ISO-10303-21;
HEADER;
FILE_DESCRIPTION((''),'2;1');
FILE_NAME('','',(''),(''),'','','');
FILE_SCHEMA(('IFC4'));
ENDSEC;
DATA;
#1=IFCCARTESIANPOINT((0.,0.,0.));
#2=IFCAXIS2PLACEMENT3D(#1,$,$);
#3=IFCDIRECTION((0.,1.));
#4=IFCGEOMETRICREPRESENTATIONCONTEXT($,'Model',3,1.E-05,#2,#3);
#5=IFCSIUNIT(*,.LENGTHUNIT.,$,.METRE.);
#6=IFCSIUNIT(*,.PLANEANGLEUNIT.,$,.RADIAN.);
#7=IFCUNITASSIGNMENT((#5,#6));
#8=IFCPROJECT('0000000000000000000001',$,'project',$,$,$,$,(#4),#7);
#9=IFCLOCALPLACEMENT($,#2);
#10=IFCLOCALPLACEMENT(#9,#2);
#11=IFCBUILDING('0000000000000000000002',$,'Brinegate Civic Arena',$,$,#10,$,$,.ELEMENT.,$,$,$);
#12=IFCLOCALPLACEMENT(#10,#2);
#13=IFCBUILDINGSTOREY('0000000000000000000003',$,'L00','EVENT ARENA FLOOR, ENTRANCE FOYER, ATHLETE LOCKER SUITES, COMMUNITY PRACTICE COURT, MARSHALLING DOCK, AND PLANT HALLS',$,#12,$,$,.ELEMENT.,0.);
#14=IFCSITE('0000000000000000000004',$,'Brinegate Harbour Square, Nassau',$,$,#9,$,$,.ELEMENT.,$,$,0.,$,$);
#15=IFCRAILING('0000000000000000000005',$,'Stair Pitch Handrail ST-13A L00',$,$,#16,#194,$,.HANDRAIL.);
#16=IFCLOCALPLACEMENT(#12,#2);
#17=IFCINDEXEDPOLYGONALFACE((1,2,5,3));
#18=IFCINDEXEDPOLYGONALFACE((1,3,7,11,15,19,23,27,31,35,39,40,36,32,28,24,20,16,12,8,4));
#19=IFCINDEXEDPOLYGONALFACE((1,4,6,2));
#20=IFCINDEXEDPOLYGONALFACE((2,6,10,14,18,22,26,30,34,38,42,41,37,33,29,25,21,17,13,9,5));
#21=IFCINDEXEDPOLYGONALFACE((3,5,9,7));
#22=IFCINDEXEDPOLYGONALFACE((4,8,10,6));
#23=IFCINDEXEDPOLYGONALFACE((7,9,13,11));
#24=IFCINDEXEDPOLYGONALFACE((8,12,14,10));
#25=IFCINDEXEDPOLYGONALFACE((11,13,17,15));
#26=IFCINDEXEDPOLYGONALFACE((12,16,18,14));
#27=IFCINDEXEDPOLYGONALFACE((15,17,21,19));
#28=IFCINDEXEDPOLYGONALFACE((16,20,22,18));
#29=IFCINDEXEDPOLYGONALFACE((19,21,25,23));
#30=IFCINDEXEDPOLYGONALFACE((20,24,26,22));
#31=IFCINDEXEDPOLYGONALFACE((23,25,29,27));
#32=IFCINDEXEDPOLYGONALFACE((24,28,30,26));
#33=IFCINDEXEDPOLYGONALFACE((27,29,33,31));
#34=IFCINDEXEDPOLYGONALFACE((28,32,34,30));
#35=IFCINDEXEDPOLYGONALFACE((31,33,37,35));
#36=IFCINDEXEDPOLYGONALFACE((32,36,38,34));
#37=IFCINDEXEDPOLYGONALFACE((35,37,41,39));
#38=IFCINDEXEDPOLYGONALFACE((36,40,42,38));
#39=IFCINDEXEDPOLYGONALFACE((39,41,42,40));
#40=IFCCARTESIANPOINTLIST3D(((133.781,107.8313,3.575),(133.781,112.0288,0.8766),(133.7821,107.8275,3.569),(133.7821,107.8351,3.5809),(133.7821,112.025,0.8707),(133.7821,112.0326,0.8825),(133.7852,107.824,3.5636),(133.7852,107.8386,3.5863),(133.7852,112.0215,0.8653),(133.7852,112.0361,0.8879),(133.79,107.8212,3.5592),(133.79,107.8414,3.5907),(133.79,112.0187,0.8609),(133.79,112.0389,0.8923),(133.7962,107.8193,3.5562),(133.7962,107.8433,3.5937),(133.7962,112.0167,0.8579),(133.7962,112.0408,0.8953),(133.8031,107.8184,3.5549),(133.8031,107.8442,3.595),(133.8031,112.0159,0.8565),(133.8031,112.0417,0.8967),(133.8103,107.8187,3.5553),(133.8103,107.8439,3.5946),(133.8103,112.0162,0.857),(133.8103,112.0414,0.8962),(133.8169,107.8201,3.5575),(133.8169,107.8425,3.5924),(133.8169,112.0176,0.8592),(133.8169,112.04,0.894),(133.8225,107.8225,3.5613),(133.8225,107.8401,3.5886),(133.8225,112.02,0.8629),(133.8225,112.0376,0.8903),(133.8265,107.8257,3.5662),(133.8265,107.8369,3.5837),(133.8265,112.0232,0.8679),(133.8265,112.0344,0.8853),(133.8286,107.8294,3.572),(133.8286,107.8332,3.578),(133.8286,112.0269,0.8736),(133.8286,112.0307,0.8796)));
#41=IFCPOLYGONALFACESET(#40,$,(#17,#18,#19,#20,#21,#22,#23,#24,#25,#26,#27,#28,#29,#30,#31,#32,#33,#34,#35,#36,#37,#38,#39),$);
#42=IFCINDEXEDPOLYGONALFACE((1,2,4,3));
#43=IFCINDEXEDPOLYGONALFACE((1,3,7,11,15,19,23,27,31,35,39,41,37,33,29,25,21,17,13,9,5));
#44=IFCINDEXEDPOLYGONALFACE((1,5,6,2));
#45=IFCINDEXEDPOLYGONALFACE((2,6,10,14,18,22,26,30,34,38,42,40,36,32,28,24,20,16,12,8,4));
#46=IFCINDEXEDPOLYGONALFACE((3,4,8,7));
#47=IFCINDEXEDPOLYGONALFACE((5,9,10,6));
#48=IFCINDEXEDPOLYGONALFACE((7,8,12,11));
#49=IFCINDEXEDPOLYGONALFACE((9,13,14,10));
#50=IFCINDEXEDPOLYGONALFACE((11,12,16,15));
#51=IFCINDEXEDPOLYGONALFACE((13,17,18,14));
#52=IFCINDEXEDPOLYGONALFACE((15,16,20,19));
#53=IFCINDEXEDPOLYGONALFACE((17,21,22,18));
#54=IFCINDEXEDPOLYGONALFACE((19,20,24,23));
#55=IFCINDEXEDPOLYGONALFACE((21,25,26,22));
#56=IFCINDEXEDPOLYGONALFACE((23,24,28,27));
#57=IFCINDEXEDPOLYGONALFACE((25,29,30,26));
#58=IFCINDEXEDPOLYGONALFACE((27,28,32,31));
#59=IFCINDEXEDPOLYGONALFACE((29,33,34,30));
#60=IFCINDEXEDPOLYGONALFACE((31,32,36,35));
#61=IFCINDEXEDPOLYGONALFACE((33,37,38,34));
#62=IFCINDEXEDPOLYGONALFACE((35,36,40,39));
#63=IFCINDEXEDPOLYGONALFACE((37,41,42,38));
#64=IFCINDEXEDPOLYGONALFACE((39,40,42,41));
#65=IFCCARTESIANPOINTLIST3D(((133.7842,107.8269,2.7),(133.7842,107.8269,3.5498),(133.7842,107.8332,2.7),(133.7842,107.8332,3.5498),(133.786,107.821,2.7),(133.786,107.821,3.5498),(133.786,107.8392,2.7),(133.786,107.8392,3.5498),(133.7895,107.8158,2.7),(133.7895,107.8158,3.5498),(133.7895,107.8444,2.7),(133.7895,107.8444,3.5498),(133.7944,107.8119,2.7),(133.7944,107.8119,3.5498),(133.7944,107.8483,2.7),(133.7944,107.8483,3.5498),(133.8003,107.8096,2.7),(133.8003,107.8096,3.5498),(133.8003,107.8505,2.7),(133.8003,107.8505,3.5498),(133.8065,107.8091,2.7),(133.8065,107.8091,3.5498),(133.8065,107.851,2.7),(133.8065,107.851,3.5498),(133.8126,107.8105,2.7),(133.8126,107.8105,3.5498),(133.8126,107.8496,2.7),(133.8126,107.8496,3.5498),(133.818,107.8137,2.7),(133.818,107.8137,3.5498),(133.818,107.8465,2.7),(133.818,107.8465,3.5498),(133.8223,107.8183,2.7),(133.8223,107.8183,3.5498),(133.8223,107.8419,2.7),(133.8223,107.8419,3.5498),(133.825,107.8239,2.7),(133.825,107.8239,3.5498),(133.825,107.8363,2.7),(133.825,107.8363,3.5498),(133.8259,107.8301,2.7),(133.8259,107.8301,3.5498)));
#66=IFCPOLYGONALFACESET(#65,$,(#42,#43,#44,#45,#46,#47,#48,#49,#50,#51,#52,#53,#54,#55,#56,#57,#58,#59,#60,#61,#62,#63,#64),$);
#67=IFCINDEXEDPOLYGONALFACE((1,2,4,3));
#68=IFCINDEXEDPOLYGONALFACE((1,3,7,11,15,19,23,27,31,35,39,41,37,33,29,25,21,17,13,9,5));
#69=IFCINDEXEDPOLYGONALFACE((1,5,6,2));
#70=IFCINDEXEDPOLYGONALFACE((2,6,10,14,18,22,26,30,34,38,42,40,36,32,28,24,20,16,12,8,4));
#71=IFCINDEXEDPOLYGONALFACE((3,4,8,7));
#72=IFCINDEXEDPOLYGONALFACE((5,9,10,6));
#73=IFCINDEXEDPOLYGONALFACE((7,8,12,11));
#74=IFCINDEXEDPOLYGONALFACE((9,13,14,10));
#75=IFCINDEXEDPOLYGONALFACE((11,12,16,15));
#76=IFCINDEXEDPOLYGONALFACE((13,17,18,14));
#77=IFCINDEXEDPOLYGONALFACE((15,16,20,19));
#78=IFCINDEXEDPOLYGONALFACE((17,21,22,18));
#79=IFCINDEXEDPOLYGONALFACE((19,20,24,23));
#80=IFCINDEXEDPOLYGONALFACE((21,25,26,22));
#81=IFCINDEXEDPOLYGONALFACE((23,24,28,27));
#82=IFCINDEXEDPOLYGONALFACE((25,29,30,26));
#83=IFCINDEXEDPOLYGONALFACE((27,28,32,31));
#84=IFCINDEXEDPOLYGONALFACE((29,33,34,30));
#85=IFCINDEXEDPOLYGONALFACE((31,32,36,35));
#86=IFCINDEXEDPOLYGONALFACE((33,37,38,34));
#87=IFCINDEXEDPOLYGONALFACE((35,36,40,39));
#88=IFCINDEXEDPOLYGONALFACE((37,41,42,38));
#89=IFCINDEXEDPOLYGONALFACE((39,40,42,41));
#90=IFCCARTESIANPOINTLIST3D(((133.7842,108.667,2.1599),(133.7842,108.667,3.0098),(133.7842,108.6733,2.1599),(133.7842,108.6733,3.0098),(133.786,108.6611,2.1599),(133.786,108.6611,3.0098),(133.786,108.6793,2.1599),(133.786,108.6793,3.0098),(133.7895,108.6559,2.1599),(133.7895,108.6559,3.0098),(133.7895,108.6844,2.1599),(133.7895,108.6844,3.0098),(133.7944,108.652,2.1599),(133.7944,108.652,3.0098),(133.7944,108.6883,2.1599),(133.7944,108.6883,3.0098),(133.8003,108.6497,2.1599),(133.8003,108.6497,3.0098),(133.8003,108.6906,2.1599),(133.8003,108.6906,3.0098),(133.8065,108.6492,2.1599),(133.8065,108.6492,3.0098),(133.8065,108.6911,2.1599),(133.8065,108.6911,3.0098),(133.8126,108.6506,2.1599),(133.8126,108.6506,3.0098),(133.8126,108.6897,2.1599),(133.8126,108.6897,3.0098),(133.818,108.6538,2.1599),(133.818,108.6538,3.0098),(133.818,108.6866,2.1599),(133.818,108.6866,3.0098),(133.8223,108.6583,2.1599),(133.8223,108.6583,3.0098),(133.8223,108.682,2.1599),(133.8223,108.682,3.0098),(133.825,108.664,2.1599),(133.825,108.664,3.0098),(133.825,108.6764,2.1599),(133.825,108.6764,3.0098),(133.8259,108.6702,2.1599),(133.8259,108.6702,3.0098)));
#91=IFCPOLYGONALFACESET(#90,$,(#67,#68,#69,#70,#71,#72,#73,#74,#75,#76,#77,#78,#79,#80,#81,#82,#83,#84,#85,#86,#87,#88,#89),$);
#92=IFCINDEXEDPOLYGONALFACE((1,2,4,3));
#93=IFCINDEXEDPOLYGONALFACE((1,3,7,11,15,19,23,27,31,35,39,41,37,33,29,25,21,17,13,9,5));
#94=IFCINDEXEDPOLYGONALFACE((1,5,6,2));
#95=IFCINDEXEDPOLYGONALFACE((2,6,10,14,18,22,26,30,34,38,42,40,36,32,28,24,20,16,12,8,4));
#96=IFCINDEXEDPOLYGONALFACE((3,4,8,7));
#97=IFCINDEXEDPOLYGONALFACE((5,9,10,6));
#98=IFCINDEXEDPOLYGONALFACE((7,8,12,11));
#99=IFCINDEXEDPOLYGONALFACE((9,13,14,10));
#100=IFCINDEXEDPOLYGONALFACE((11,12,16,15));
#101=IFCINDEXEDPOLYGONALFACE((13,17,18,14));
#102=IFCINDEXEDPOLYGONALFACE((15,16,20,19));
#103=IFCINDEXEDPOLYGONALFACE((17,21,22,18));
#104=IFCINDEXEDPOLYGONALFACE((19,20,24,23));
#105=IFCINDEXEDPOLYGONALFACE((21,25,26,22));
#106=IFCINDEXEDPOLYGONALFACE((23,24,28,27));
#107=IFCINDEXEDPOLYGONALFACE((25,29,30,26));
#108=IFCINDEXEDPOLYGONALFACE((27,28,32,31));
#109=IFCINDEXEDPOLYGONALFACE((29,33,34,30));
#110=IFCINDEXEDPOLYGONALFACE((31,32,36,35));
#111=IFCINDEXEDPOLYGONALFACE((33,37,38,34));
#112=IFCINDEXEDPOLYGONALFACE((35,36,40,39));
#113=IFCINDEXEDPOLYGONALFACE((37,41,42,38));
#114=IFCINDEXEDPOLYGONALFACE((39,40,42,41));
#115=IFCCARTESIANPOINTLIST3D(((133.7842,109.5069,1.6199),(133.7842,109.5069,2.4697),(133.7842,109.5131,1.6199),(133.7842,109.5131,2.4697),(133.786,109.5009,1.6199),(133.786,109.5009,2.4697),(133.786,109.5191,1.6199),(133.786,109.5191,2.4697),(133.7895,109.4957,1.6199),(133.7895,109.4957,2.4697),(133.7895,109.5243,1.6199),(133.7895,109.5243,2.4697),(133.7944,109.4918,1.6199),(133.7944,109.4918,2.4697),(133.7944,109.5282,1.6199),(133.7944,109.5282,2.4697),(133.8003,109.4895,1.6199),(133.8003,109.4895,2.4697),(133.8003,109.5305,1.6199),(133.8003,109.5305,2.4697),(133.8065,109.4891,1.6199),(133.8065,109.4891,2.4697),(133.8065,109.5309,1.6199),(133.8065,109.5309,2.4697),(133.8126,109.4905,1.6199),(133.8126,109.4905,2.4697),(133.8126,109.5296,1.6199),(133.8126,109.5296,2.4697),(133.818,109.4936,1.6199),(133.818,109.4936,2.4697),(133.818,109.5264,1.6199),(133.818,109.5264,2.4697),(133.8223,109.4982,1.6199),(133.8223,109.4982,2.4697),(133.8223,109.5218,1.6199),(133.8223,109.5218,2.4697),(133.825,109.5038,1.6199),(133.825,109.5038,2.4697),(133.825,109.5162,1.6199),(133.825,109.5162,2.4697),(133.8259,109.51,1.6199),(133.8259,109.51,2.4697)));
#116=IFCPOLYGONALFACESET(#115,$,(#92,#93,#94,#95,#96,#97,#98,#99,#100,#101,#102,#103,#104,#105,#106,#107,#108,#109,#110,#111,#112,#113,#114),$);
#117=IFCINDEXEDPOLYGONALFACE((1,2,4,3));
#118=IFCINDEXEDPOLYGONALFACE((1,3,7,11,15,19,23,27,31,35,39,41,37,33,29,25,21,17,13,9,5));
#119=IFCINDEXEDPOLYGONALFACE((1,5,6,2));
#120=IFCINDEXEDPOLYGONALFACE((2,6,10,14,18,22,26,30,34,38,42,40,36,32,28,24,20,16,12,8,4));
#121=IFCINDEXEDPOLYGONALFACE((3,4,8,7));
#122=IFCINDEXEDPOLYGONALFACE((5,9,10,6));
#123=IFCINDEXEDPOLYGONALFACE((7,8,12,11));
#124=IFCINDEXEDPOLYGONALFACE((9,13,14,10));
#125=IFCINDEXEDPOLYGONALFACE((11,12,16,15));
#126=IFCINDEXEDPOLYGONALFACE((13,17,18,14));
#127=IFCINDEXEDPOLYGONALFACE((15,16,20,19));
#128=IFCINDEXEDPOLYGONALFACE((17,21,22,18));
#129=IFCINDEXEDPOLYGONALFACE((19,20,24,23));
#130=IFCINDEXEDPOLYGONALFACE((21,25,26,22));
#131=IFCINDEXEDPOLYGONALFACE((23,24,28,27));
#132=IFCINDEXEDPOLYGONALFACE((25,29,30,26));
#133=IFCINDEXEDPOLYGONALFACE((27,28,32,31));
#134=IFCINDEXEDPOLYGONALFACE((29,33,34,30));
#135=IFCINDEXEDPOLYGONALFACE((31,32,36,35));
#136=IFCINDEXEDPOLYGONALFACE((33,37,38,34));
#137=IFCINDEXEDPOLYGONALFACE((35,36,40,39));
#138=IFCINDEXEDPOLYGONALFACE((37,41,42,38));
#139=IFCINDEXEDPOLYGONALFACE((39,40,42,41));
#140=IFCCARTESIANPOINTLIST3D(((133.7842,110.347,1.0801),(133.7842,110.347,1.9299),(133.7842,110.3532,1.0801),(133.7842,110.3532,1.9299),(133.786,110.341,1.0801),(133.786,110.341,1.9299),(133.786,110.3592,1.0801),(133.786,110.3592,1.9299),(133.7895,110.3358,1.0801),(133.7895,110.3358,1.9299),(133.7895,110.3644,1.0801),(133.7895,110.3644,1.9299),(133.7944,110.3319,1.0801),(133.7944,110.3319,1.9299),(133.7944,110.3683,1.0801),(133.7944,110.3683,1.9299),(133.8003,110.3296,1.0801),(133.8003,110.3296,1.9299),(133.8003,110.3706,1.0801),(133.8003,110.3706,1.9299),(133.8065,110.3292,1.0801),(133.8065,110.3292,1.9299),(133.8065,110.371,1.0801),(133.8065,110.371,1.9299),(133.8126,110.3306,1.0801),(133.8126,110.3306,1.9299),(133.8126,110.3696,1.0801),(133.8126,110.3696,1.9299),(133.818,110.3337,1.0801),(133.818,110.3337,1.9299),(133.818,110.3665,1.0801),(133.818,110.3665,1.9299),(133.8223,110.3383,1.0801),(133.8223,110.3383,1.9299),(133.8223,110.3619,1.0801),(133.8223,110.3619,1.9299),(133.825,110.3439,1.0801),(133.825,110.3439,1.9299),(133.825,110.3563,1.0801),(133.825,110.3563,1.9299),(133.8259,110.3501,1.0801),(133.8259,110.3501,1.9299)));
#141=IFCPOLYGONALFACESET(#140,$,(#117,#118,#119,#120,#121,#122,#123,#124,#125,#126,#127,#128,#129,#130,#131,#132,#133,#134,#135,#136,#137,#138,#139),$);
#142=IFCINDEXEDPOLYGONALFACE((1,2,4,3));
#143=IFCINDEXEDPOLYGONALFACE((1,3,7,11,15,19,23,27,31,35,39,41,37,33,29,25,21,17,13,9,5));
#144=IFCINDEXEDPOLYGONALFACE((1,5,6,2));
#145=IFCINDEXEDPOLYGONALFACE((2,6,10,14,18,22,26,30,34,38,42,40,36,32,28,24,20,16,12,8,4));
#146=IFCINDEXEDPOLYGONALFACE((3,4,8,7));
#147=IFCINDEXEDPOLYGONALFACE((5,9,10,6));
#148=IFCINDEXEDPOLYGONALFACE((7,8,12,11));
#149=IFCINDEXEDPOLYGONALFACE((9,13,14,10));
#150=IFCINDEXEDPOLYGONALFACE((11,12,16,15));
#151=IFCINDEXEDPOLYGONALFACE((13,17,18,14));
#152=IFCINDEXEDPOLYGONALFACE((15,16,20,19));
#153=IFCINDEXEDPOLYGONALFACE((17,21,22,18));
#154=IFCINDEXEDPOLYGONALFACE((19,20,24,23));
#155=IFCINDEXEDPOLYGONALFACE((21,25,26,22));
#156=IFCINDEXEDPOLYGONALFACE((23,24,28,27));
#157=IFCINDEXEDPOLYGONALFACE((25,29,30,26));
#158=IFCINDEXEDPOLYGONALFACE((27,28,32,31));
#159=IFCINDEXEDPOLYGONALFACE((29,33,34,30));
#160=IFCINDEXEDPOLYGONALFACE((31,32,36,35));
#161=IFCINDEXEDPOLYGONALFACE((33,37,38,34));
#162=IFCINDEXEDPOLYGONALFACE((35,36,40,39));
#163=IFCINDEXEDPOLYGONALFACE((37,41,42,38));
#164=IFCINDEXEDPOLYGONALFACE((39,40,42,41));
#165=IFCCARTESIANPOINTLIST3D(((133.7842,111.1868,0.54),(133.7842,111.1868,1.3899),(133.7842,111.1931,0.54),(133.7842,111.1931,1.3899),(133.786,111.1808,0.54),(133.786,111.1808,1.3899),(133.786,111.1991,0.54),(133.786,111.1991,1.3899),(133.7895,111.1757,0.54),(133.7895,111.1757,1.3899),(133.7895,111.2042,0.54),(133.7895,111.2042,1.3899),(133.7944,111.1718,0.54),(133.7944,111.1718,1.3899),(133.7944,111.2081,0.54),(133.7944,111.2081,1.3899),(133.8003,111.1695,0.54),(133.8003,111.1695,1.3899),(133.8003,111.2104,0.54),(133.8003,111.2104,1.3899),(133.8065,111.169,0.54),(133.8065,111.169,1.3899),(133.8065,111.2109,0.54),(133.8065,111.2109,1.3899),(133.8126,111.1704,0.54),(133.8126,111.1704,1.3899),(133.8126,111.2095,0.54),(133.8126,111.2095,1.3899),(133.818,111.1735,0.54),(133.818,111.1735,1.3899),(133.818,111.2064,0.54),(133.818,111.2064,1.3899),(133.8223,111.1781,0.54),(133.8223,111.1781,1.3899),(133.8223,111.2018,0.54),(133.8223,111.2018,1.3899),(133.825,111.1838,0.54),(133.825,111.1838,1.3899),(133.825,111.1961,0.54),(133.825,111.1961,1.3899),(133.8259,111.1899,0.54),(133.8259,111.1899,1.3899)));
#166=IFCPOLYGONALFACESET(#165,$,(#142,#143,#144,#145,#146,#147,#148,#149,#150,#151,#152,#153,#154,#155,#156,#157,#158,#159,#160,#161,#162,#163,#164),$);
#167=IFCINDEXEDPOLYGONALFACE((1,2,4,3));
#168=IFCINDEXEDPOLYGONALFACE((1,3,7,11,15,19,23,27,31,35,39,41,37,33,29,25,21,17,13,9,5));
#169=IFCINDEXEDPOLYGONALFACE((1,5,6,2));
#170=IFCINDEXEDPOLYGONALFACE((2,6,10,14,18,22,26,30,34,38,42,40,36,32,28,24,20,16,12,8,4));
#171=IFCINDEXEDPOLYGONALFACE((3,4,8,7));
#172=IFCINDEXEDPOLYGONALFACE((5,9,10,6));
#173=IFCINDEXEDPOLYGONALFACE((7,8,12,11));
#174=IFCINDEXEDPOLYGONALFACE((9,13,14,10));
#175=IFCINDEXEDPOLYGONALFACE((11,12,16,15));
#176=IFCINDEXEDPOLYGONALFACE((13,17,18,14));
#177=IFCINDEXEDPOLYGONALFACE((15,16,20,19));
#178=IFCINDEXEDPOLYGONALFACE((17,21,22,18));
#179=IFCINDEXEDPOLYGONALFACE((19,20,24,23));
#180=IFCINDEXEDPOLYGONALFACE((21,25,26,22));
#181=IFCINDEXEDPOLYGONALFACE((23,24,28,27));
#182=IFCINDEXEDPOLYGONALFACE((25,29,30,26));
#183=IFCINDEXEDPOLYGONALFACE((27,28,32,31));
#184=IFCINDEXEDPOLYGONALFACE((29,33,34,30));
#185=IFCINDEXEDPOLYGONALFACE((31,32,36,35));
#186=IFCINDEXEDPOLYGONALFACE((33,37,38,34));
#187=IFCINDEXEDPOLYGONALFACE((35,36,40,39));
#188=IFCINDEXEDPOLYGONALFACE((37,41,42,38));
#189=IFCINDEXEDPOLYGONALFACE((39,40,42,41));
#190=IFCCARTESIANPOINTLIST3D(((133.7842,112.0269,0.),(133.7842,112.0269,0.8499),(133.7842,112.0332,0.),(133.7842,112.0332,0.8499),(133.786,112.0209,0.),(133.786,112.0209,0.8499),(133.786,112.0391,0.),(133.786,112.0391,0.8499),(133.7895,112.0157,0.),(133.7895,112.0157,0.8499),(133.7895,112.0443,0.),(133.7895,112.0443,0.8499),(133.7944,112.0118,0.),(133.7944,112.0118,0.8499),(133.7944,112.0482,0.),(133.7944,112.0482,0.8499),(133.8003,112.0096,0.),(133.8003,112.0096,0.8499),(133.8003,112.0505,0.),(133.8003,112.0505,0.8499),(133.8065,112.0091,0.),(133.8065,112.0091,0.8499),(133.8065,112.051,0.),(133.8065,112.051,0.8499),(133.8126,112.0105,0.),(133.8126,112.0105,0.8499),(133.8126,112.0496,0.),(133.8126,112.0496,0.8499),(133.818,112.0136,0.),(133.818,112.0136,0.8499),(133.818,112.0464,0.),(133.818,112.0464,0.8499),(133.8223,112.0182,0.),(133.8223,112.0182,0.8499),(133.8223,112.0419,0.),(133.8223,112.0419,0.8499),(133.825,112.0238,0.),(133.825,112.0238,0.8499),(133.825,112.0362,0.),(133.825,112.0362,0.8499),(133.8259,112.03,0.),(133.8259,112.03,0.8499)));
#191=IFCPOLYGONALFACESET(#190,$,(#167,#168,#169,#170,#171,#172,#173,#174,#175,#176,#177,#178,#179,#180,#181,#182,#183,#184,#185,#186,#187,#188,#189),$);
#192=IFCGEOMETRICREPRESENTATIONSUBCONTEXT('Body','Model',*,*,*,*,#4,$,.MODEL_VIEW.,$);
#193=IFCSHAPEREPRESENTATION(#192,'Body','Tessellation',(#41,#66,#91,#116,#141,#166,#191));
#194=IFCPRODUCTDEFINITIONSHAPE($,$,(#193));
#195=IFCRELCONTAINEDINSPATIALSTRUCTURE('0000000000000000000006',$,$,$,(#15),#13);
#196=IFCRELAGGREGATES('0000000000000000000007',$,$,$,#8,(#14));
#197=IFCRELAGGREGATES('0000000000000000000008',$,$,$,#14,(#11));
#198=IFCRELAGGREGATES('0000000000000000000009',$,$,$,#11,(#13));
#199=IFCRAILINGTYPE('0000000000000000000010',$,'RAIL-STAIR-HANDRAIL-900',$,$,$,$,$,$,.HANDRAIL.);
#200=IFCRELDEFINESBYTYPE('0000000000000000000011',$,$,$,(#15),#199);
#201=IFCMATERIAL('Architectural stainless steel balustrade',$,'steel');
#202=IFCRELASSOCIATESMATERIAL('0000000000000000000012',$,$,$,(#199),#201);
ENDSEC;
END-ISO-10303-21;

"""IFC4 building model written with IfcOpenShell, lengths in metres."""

from ifc_helpers import new_model, si_unit, direction, frame, origin, origin_2d, place, context, subcontext, project, spatial, circle, extrude, material, type_object, element, save


model = new_model("IFC4")

# Units and contexts
model_context = context("Model", 3, precision=1e-05, world=origin(), true_north=direction((0.0, 1.0)))
body_context = subcontext(model_context, "Body", "Model", "MODEL_VIEW")
ifc_project = project(units=[si_unit("LENGTHUNIT", "METRE"), si_unit("PLANEANGLEUNIT", "RADIAN")], contexts=[model_context])

# Site, building, storey
site_placement = place(None, origin())
site = spatial("IfcSite", under=ifc_project, at=site_placement, Name="Brinegate Harbour Square, Nassau", CompositionType="ELEMENT", RefElevation=0.0)
building_placement = place(site_placement, origin())
building = spatial("IfcBuilding", under=site, at=building_placement, Name="Brinegate Civic Arena", CompositionType="ELEMENT")
storey_placement = place(building_placement, origin())
storey = spatial("IfcBuildingStorey", under=building, at=storey_placement, Name="L00", Description="EVENT ARENA FLOOR, ENTRANCE FOYER, ATHLETE LOCKER SUITES, COMMUNITY PRACTICE COURT, MARSHALLING DOCK, AND PLANT HALLS", CompositionType="ELEMENT", Elevation=0.0)

# Railing
ifc_material_1 = material(Name="Architectural stainless steel balustrade", Category="steel")
railing_type = type_object("IfcRailingType", Name="RAIL-STAIR-HANDRAIL-900", PredefinedType="HANDRAIL", material=ifc_material_1)
for number, where, name in (
    (1, (133.8049, 107.8301, 2.7), "Stair Pitch Handrail ST-13A L00"),
):
    element("IfcRailing", number, at=place(storey_placement, frame(where)), inside=storey, type_object=railing_type, Name=name, PredefinedType="HANDRAIL", context=body_context, shape_type="SweptSolid", body=[
        extrude(circle(Radius=0.0239, at=origin_2d()), frame((0.0, 0.0012, 0.875), z_axis=(0.0, 0.84118, -0.540755), x_axis=(-1.0, 0.0, 0.0)), (0.0, 0.0, 1.0), 4.99),
        extrude(circle(Radius=0.021, at=origin_2d()), origin(), (0.0, 0.0, 1.0), 0.8499),
        extrude(circle(Radius=0.021, at=origin_2d()), frame((0.0, 0.8401, -0.54)), (0.0, 0.0, 1.0), 0.8499),
        extrude(circle(Radius=0.021, at=origin_2d()), frame((0.0, 1.6799, -1.0801)), (0.0, 0.0, 1.0), 0.8499),
        extrude(circle(Radius=0.021, at=origin_2d()), frame((0.0, 2.52, -1.6199)), (0.0, 0.0, 1.0), 0.8499),
        extrude(circle(Radius=0.021, at=origin_2d()), frame((0.0, 3.3599, -2.1599)), (0.0, 0.0, 1.0), 0.8499),
        extrude(circle(Radius=0.021, at=origin_2d()), frame((0.0, 4.2, -2.7)), (0.0, 0.0, 1.0), 0.8499),
    ])

save(model, "model.ifc")
